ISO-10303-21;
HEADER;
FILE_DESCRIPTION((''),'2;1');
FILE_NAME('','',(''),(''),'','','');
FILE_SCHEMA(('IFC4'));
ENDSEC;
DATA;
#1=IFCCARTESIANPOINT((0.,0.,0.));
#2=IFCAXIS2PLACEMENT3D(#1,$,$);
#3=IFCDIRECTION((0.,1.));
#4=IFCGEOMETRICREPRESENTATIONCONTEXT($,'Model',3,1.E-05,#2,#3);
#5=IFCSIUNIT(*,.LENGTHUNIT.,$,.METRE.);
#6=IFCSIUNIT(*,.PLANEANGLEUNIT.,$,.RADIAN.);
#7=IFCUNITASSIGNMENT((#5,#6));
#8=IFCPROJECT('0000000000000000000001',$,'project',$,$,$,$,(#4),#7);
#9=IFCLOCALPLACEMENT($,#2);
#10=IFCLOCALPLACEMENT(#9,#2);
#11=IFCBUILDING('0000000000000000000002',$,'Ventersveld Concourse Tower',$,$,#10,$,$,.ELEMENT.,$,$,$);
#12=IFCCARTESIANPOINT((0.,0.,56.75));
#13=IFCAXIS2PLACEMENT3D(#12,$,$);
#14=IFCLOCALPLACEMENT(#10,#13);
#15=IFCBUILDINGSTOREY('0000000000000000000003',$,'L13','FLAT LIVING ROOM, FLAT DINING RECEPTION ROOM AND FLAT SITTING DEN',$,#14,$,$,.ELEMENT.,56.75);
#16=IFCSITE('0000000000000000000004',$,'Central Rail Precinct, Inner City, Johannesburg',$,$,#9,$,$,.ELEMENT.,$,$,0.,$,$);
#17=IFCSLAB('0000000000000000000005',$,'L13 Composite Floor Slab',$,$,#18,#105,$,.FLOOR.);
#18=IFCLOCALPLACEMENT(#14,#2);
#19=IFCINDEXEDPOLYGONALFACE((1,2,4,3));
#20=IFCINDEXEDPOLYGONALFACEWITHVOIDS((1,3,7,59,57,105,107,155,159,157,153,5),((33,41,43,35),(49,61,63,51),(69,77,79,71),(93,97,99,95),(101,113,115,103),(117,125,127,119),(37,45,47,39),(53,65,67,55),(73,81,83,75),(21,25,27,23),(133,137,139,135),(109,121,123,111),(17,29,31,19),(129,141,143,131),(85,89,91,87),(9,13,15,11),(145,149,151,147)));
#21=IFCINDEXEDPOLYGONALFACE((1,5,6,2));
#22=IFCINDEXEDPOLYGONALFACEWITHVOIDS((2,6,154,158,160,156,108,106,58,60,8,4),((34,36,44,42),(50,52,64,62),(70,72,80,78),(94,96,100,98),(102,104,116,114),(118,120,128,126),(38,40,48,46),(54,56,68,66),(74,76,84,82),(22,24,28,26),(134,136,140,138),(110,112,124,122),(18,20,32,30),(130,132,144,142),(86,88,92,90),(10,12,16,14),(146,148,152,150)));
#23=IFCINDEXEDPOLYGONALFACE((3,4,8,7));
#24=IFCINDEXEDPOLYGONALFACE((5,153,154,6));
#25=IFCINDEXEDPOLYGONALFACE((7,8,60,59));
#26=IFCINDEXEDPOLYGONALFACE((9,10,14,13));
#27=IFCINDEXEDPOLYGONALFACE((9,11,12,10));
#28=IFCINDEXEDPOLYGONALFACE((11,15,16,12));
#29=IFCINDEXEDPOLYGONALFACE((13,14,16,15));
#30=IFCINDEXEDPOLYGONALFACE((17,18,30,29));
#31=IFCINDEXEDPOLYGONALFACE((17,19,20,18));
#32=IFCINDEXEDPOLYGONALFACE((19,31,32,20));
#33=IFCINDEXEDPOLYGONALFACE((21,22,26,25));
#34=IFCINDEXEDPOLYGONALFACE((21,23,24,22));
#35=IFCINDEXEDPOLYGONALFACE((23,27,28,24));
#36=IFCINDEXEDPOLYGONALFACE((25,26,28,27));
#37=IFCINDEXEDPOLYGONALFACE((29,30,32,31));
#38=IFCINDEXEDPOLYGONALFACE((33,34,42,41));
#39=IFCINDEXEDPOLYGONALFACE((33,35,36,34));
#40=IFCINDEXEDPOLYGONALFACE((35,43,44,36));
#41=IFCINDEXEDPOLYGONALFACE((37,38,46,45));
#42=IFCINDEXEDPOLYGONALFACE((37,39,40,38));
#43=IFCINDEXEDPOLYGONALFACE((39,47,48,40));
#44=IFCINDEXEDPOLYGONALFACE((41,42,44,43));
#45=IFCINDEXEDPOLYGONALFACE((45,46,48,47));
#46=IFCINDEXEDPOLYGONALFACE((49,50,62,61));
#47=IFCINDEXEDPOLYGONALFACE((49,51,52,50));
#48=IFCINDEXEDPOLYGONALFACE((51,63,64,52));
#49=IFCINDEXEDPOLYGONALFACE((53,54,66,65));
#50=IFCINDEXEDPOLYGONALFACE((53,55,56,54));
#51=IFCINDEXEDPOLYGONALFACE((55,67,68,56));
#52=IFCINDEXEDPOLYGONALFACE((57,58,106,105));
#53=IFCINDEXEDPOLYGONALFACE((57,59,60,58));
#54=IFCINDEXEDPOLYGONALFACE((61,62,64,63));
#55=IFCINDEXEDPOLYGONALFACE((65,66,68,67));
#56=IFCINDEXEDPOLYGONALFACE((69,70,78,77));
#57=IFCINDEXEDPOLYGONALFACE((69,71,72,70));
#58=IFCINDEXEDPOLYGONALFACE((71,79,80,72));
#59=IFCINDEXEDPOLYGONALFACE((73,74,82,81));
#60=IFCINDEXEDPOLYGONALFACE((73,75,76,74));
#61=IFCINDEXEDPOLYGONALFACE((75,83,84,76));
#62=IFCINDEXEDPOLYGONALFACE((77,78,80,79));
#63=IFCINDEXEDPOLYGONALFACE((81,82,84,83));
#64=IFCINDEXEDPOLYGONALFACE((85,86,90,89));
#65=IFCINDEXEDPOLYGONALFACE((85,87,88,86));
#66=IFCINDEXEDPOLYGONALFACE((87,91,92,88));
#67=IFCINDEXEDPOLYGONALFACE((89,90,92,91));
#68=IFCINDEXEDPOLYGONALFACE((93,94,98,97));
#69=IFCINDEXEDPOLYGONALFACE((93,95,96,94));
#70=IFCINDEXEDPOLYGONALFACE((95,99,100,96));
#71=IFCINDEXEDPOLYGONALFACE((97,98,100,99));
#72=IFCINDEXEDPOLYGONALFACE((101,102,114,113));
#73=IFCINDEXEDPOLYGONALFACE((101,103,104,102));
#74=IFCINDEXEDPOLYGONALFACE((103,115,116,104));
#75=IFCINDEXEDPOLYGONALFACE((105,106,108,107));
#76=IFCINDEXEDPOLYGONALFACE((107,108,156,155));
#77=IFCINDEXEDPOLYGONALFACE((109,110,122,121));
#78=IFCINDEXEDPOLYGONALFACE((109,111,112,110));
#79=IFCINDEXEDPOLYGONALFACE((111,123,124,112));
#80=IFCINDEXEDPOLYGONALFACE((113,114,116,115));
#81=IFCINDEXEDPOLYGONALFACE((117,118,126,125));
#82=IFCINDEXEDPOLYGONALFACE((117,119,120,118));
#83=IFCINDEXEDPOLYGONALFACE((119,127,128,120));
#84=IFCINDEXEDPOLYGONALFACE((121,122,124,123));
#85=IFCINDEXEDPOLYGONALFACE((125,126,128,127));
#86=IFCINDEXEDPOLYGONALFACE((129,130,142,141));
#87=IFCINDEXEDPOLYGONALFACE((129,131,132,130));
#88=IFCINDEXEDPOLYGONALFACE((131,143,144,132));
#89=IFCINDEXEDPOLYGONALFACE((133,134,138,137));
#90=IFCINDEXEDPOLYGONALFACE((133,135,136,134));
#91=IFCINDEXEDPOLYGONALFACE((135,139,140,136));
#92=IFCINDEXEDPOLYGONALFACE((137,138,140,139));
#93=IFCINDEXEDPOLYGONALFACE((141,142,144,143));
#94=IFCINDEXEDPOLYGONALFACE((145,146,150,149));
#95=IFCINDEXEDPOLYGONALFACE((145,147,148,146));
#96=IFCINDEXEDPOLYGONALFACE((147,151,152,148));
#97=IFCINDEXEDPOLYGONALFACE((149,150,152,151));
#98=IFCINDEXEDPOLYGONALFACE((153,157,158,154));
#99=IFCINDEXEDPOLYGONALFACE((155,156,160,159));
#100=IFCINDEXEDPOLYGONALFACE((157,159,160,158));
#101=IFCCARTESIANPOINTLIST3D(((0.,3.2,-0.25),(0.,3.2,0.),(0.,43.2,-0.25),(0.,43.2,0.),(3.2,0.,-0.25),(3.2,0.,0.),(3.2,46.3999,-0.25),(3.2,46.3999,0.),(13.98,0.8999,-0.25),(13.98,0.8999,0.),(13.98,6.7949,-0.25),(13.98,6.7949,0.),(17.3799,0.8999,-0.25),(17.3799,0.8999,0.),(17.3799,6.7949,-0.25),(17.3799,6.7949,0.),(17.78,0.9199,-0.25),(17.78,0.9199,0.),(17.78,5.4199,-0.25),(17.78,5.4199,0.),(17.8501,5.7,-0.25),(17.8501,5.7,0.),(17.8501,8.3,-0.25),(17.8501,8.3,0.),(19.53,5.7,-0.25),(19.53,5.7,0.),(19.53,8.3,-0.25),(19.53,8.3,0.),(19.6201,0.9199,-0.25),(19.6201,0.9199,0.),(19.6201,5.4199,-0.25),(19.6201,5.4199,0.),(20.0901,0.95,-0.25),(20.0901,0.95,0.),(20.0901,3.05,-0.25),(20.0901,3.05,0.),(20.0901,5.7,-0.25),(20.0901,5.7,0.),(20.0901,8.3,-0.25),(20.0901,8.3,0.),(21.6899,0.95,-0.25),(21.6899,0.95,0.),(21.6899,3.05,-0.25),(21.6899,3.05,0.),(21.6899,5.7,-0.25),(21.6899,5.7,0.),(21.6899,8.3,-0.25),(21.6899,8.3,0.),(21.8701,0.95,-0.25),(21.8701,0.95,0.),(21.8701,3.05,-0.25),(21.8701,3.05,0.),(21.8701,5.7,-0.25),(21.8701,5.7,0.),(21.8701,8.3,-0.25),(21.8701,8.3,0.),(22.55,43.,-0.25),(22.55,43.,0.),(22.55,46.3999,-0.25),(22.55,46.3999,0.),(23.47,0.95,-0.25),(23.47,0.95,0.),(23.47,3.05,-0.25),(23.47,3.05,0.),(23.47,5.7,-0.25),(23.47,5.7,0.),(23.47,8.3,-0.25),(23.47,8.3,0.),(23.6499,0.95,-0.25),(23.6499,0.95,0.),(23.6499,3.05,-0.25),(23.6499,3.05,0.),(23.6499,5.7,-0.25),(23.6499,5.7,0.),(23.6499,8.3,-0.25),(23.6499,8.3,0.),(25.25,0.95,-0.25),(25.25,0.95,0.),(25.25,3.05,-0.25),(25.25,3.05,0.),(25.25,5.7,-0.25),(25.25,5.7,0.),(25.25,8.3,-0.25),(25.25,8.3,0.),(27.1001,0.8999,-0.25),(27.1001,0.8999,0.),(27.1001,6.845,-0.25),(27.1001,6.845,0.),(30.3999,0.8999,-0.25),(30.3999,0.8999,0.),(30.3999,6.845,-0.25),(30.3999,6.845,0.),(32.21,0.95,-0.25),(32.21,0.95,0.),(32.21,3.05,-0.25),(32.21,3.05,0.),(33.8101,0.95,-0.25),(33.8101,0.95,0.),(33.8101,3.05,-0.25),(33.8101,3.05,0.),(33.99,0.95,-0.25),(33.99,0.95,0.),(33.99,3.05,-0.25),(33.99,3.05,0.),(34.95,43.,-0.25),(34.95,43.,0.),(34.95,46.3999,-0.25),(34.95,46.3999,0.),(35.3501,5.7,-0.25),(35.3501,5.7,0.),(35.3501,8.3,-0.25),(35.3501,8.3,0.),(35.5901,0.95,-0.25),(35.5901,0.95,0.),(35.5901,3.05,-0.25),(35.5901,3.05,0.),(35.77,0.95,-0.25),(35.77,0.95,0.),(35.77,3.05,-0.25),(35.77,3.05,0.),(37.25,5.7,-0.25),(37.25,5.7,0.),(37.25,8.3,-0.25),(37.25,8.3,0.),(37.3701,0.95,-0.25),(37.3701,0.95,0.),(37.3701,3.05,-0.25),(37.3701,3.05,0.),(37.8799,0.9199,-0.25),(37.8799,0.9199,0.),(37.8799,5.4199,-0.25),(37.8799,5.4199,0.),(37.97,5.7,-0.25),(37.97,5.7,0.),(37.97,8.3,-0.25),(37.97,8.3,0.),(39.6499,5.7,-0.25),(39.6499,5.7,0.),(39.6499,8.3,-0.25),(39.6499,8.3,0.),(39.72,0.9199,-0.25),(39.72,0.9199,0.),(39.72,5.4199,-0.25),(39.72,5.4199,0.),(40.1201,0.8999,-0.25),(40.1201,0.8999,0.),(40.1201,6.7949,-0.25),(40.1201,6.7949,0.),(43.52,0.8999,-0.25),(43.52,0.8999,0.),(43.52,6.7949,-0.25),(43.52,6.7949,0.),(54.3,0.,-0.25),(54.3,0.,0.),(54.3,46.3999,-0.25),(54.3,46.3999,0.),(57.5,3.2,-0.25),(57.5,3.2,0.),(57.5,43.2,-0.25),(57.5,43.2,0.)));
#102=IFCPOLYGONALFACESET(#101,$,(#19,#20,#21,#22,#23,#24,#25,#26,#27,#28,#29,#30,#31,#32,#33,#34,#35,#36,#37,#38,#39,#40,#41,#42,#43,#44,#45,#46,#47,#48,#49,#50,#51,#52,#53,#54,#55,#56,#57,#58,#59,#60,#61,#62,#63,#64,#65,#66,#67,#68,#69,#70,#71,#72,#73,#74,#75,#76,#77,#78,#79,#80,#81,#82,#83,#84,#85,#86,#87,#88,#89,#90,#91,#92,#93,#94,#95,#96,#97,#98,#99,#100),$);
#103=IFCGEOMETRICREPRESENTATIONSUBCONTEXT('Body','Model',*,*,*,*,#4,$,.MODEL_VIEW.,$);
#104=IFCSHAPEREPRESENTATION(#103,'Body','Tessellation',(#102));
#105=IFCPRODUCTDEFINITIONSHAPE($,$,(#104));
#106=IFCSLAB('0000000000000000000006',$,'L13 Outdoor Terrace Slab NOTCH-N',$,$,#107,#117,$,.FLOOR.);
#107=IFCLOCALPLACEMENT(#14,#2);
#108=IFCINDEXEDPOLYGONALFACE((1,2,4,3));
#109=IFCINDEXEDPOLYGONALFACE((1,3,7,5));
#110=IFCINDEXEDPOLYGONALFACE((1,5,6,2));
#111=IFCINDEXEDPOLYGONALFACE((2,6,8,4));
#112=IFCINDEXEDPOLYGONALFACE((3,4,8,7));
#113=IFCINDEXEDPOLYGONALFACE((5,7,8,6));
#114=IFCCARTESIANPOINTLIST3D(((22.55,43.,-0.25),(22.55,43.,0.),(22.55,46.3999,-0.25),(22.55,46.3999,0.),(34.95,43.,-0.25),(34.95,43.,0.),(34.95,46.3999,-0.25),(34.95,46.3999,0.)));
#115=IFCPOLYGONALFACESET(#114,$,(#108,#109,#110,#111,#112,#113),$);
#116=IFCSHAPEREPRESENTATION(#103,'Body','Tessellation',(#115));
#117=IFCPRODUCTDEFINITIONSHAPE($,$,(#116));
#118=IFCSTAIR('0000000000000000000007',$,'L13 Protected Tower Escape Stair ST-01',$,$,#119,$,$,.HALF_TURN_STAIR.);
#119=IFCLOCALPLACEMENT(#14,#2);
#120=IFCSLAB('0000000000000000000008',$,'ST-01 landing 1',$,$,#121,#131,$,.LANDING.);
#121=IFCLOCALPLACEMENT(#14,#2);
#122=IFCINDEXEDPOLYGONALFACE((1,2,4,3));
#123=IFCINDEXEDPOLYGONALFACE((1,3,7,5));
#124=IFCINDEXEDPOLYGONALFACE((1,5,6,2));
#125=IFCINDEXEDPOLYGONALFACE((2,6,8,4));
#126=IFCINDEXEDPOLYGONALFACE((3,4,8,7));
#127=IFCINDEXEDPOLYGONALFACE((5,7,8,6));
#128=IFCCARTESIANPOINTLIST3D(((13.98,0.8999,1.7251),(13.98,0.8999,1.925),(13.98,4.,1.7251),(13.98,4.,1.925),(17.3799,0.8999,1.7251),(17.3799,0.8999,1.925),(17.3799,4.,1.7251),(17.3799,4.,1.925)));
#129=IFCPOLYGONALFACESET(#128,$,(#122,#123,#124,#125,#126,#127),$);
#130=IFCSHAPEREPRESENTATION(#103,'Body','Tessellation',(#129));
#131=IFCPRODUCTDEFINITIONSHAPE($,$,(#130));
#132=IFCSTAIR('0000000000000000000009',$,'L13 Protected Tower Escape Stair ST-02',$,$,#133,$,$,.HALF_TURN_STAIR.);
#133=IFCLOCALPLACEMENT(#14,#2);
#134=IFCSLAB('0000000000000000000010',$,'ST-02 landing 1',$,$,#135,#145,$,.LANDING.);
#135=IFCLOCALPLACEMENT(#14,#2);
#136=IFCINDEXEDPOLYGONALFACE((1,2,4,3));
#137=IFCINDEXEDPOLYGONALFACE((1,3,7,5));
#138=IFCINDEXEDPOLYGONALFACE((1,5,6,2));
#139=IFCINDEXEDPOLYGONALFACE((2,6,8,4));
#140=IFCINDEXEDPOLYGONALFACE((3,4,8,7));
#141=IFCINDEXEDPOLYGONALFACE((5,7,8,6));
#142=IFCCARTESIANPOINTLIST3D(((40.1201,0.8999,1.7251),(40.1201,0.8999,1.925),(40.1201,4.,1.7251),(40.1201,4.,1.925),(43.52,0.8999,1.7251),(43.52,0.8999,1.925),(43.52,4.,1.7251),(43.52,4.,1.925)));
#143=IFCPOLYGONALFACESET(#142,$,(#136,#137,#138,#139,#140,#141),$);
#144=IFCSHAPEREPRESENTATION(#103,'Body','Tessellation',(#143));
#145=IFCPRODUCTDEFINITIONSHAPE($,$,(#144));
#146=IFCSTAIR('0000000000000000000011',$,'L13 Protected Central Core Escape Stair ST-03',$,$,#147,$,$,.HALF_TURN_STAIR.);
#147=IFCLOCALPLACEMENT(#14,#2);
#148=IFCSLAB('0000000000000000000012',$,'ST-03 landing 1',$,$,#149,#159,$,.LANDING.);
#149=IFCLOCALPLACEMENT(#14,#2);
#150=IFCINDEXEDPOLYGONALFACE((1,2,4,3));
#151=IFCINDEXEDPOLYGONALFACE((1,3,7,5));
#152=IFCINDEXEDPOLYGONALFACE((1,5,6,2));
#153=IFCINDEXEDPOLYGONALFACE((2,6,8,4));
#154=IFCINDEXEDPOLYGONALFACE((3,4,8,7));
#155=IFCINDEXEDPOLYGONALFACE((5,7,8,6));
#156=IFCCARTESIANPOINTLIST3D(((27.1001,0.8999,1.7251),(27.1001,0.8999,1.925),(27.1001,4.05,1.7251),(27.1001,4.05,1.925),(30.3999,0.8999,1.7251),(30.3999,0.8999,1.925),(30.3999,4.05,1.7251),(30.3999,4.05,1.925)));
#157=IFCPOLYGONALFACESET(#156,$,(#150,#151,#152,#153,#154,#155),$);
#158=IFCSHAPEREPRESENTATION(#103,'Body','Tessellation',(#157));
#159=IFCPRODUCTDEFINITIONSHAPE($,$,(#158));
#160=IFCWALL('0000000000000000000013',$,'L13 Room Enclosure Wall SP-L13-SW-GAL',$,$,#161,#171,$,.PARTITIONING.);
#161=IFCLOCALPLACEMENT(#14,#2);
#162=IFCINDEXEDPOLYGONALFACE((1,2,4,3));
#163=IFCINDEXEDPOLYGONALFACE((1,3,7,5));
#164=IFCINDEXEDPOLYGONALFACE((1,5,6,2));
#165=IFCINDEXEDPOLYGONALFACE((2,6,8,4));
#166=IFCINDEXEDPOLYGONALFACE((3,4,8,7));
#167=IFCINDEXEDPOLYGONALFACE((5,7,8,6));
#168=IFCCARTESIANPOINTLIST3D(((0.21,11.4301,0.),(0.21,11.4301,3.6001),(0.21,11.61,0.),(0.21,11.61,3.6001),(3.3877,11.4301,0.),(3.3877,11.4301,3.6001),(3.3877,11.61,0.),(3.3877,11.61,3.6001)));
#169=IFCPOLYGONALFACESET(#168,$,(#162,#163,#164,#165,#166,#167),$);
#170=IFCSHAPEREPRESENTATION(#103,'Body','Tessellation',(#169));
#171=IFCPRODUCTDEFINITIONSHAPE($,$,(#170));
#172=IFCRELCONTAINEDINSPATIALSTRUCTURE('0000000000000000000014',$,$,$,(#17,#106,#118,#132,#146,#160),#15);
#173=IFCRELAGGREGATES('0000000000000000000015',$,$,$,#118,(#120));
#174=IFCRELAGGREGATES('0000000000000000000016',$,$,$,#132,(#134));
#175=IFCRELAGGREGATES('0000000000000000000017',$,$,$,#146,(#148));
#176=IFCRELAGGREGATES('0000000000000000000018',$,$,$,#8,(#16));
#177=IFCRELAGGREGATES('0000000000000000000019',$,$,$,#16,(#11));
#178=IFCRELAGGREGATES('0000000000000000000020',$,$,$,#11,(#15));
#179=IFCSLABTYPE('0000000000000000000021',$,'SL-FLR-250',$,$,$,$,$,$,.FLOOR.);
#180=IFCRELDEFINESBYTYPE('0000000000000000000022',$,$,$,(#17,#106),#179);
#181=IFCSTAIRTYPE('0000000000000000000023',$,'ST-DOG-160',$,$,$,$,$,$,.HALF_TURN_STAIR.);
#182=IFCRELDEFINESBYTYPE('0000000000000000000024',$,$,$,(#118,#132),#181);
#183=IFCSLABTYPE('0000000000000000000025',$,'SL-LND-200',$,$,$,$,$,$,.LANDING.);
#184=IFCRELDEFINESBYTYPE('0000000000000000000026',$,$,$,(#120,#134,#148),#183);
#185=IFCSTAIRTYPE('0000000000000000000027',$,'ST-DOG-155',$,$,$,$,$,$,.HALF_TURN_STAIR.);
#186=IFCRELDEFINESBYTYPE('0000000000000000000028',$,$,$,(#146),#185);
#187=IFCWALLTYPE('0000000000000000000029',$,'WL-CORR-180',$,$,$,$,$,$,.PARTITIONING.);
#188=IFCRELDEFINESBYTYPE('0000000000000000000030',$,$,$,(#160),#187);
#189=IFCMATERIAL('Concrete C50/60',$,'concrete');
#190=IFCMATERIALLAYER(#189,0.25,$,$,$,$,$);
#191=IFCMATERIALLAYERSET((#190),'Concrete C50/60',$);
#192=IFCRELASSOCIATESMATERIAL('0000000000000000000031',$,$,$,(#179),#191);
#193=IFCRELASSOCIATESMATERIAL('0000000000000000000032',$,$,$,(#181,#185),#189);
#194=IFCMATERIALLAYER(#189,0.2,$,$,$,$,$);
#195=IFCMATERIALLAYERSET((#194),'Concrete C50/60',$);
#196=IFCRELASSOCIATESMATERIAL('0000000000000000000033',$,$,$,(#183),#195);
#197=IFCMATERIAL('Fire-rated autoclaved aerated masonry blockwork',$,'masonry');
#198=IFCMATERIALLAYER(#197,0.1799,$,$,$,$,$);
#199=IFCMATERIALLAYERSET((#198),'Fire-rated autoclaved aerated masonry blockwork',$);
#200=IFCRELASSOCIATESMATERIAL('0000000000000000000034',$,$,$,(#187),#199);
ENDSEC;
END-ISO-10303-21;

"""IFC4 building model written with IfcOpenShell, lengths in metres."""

from ifc_helpers import new_model, si_unit, direction, frame, frame_2d, origin, place, context, subcontext, project, spatial, polyline, rectangle, outline, extrude, material, layer, layer_set, type_object, element, aggregate, save


model = new_model("IFC4")

# Units and contexts
model_context = context("Model", 3, precision=1e-05, world=origin(), true_north=direction((0.0, 1.0)))
body_context = subcontext(model_context, "Body", "Model", "MODEL_VIEW")
ifc_project = project(units=[si_unit("LENGTHUNIT", "METRE"), si_unit("PLANEANGLEUNIT", "RADIAN")], contexts=[model_context])

# Site, building, storey
site_placement = place(None, origin())
site = spatial("IfcSite", under=ifc_project, at=site_placement, Name="Central Rail Precinct, Inner City, Johannesburg", CompositionType="ELEMENT", RefElevation=0.0)
building_placement = place(site_placement, origin())
building = spatial("IfcBuilding", under=site, at=building_placement, Name="Ventersveld Concourse Tower", CompositionType="ELEMENT")
storey_placement = place(building_placement, frame((0.0, 0.0, 56.75)))
storey = spatial("IfcBuildingStorey", under=building, at=storey_placement, Name="L13", Description="FLAT LIVING ROOM, FLAT DINING RECEPTION ROOM AND FLAT SITTING DEN", CompositionType="ELEMENT", Elevation=56.75)

# Slabs
ifc_material_1 = material(Name="Concrete C50/60", Category="concrete")
ifc_layer_1 = layer(ifc_material_1, 0.25)
ifc_layer_set_1 = layer_set([ifc_layer_1], Name="Concrete C50/60")
slab_type_1 = type_object("IfcSlabType", Name="SL-FLR-250", PredefinedType="FLOOR", material=ifc_layer_set_1)
slab_1_placement = place(storey_placement, frame((0.0, 0.0, -0.25)))
element("IfcSlab", 1, at=slab_1_placement, inside=storey, type_object=slab_type_1, Name="L13 Composite Floor Slab", PredefinedType="FLOOR", context=body_context, shape_type="SweptSolid", body=[
    extrude(outline(polyline([(3.2, 0.0), (54.3, 0.0), (57.5, 3.2), (57.5, 43.2), (54.3, 46.3999), (34.95, 46.3999), (34.95, 43.0), (22.55, 43.0), (22.55, 46.3999), (3.2, 46.3999), (0.0, 43.2), (0.0, 3.2), (3.2, 0.0)]), holes=[polyline([(13.98, 6.7949), (13.98, 0.8999), (17.3799, 0.8999), (17.3799, 6.7949), (13.98, 6.7949)]), polyline([(40.1201, 6.7949), (40.1201, 0.8999), (43.52, 0.8999), (43.52, 6.7949), (40.1201, 6.7949)]), polyline([(27.1001, 6.845), (27.1001, 0.8999), (30.3999, 0.8999), (30.3999, 6.845), (27.1001, 6.845)]), polyline([(17.8501, 5.7), (19.53, 5.7), (19.53, 8.3), (17.8501, 8.3), (17.8501, 5.7)]), polyline([(37.97, 5.7), (39.6499, 5.7), (39.6499, 8.3), (37.97, 8.3), (37.97, 5.7)]), polyline([(35.3501, 5.7), (37.25, 5.7), (37.25, 8.3), (35.3501, 8.3), (35.3501, 5.7)]), polyline([(20.0901, 0.95), (21.6899, 0.95), (21.6899, 3.05), (20.0901, 3.05), (20.0901, 0.95)]), polyline([(21.8701, 0.95), (23.47, 0.95), (23.47, 3.05), (21.8701, 3.05), (21.8701, 0.95)]), polyline([(23.6499, 0.95), (25.25, 0.95), (25.25, 3.05), (23.6499, 3.05), (23.6499, 0.95)]), polyline([(32.21, 0.95), (33.8101, 0.95), (33.8101, 3.05), (32.21, 3.05), (32.21, 0.95)]), polyline([(33.99, 0.95), (35.5901, 0.95), (35.5901, 3.05), (33.99, 3.05), (33.99, 0.95)]), polyline([(35.77, 0.95), (37.3701, 0.95), (37.3701, 3.05), (35.77, 3.05), (35.77, 0.95)]), polyline([(20.0901, 5.7), (21.6899, 5.7), (21.6899, 8.3), (20.0901, 8.3), (20.0901, 5.7)]), polyline([(21.8701, 5.7), (23.47, 5.7), (23.47, 8.3), (21.8701, 8.3), (21.8701, 5.7)]), polyline([(23.6499, 5.7), (25.25, 5.7), (25.25, 8.3), (23.6499, 8.3), (23.6499, 5.7)]), polyline([(17.78, 0.9199), (19.6201, 0.9199), (19.6201, 5.4199), (17.78, 5.4199), (17.78, 0.9199)]), polyline([(37.8799, 0.9199), (39.72, 0.9199), (39.72, 5.4199), (37.8799, 5.4199), (37.8799, 0.9199)])]), origin(), (0.0, 0.0, 1.0), 0.25),
])
slab_2_placement = place(storey_placement, frame((0.0, 0.0, -0.25)))
element("IfcSlab", 2, at=slab_2_placement, inside=storey, type_object=slab_type_1, Name="L13 Outdoor Terrace Slab NOTCH-N", PredefinedType="FLOOR", context=body_context, shape_type="SweptSolid", body=[
    extrude(outline(polyline([(22.55, 43.0), (34.95, 43.0), (34.95, 46.3999), (22.55, 46.3999), (22.55, 43.0)])), origin(), (0.0, 0.0, 1.0), 0.25),
])

# Stairs, slabs
stair_type_1 = type_object("IfcStairType", Name="ST-DOG-160", PredefinedType="HALF_TURN_STAIR", material=ifc_material_1)
stair_1_placement = place(storey_placement, origin())
stair_1 = element("IfcStair", 3, at=stair_1_placement, inside=storey, type_object=stair_type_1, Name="L13 Protected Tower Escape Stair ST-01", PredefinedType="HALF_TURN_STAIR")
ifc_layer_2 = layer(ifc_material_1, 0.2)
ifc_layer_set_2 = layer_set([ifc_layer_2], Name="Concrete C50/60")
slab_type_2 = type_object("IfcSlabType", Name="SL-LND-200", PredefinedType="LANDING", material=ifc_layer_set_2)
slab_3_placement = place(storey_placement, frame((0.0, 0.0, 1.7251)))
slab_3 = element("IfcSlab", 4, at=slab_3_placement, type_object=slab_type_2, Name="ST-01 landing 1", PredefinedType="LANDING", context=body_context, shape_type="SweptSolid", body=[
    extrude(outline(polyline([(13.98, 4.0), (13.98, 0.8999), (17.3799, 0.8999), (17.3799, 4.0), (13.98, 4.0)])), origin(), (0.0, 0.0, 1.0), 0.2),
])
aggregate(stair_1, [slab_3])
stair_2_placement = place(storey_placement, origin())
stair_2 = element("IfcStair", 5, at=stair_2_placement, inside=storey, type_object=stair_type_1, Name="L13 Protected Tower Escape Stair ST-02", PredefinedType="HALF_TURN_STAIR")
slab_4_placement = place(storey_placement, frame((0.0, 0.0, 1.7251)))
slab_4 = element("IfcSlab", 6, at=slab_4_placement, type_object=slab_type_2, Name="ST-02 landing 1", PredefinedType="LANDING", context=body_context, shape_type="SweptSolid", body=[
    extrude(outline(polyline([(40.1201, 4.0), (40.1201, 0.8999), (43.52, 0.8999), (43.52, 4.0), (40.1201, 4.0)])), origin(), (0.0, 0.0, 1.0), 0.2),
])
aggregate(stair_2, [slab_4])
stair_type_2 = type_object("IfcStairType", Name="ST-DOG-155", PredefinedType="HALF_TURN_STAIR", material=ifc_material_1)
stair_3_placement = place(storey_placement, origin())
stair_3 = element("IfcStair", 7, at=stair_3_placement, inside=storey, type_object=stair_type_2, Name="L13 Protected Central Core Escape Stair ST-03", PredefinedType="HALF_TURN_STAIR")
slab_5_placement = place(storey_placement, frame((0.0, 0.0, 1.7251)))
slab_5 = element("IfcSlab", 8, at=slab_5_placement, type_object=slab_type_2, Name="ST-03 landing 1", PredefinedType="LANDING", context=body_context, shape_type="SweptSolid", body=[
    extrude(outline(polyline([(27.1001, 4.05), (27.1001, 0.8999), (30.3999, 0.8999), (30.3999, 4.05), (27.1001, 4.05)])), origin(), (0.0, 0.0, 1.0), 0.2),
])
aggregate(stair_3, [slab_5])

# Wall
ifc_material_2 = material(Name="Fire-rated autoclaved aerated masonry blockwork", Category="masonry")
ifc_layer_3 = layer(ifc_material_2, 0.1799)
ifc_layer_set_3 = layer_set([ifc_layer_3], Name="Fire-rated autoclaved aerated masonry blockwork")
wall_type_1 = type_object("IfcWallType", Name="WL-CORR-180", PredefinedType="PARTITIONING", material=ifc_layer_set_3)
wall_1_placement = place(storey_placement, frame((0.21, 11.52, 0.0), z_axis=(0.0, 0.0, 1.0), x_axis=(1.0, 0.0, 0.0)))
element("IfcWall", 9, at=wall_1_placement, inside=storey, type_object=wall_type_1, Name="L13 Room Enclosure Wall SP-L13-SW-GAL", PredefinedType="PARTITIONING", context=body_context, shape_type="SweptSolid", body=[
    extrude(rectangle(XDim=3.1777, YDim=0.1799, at=frame_2d((1.5889, 0.0))), origin(), (0.0, 0.0, 1.0), 3.6001),
])

save(model, "model.ifc")
